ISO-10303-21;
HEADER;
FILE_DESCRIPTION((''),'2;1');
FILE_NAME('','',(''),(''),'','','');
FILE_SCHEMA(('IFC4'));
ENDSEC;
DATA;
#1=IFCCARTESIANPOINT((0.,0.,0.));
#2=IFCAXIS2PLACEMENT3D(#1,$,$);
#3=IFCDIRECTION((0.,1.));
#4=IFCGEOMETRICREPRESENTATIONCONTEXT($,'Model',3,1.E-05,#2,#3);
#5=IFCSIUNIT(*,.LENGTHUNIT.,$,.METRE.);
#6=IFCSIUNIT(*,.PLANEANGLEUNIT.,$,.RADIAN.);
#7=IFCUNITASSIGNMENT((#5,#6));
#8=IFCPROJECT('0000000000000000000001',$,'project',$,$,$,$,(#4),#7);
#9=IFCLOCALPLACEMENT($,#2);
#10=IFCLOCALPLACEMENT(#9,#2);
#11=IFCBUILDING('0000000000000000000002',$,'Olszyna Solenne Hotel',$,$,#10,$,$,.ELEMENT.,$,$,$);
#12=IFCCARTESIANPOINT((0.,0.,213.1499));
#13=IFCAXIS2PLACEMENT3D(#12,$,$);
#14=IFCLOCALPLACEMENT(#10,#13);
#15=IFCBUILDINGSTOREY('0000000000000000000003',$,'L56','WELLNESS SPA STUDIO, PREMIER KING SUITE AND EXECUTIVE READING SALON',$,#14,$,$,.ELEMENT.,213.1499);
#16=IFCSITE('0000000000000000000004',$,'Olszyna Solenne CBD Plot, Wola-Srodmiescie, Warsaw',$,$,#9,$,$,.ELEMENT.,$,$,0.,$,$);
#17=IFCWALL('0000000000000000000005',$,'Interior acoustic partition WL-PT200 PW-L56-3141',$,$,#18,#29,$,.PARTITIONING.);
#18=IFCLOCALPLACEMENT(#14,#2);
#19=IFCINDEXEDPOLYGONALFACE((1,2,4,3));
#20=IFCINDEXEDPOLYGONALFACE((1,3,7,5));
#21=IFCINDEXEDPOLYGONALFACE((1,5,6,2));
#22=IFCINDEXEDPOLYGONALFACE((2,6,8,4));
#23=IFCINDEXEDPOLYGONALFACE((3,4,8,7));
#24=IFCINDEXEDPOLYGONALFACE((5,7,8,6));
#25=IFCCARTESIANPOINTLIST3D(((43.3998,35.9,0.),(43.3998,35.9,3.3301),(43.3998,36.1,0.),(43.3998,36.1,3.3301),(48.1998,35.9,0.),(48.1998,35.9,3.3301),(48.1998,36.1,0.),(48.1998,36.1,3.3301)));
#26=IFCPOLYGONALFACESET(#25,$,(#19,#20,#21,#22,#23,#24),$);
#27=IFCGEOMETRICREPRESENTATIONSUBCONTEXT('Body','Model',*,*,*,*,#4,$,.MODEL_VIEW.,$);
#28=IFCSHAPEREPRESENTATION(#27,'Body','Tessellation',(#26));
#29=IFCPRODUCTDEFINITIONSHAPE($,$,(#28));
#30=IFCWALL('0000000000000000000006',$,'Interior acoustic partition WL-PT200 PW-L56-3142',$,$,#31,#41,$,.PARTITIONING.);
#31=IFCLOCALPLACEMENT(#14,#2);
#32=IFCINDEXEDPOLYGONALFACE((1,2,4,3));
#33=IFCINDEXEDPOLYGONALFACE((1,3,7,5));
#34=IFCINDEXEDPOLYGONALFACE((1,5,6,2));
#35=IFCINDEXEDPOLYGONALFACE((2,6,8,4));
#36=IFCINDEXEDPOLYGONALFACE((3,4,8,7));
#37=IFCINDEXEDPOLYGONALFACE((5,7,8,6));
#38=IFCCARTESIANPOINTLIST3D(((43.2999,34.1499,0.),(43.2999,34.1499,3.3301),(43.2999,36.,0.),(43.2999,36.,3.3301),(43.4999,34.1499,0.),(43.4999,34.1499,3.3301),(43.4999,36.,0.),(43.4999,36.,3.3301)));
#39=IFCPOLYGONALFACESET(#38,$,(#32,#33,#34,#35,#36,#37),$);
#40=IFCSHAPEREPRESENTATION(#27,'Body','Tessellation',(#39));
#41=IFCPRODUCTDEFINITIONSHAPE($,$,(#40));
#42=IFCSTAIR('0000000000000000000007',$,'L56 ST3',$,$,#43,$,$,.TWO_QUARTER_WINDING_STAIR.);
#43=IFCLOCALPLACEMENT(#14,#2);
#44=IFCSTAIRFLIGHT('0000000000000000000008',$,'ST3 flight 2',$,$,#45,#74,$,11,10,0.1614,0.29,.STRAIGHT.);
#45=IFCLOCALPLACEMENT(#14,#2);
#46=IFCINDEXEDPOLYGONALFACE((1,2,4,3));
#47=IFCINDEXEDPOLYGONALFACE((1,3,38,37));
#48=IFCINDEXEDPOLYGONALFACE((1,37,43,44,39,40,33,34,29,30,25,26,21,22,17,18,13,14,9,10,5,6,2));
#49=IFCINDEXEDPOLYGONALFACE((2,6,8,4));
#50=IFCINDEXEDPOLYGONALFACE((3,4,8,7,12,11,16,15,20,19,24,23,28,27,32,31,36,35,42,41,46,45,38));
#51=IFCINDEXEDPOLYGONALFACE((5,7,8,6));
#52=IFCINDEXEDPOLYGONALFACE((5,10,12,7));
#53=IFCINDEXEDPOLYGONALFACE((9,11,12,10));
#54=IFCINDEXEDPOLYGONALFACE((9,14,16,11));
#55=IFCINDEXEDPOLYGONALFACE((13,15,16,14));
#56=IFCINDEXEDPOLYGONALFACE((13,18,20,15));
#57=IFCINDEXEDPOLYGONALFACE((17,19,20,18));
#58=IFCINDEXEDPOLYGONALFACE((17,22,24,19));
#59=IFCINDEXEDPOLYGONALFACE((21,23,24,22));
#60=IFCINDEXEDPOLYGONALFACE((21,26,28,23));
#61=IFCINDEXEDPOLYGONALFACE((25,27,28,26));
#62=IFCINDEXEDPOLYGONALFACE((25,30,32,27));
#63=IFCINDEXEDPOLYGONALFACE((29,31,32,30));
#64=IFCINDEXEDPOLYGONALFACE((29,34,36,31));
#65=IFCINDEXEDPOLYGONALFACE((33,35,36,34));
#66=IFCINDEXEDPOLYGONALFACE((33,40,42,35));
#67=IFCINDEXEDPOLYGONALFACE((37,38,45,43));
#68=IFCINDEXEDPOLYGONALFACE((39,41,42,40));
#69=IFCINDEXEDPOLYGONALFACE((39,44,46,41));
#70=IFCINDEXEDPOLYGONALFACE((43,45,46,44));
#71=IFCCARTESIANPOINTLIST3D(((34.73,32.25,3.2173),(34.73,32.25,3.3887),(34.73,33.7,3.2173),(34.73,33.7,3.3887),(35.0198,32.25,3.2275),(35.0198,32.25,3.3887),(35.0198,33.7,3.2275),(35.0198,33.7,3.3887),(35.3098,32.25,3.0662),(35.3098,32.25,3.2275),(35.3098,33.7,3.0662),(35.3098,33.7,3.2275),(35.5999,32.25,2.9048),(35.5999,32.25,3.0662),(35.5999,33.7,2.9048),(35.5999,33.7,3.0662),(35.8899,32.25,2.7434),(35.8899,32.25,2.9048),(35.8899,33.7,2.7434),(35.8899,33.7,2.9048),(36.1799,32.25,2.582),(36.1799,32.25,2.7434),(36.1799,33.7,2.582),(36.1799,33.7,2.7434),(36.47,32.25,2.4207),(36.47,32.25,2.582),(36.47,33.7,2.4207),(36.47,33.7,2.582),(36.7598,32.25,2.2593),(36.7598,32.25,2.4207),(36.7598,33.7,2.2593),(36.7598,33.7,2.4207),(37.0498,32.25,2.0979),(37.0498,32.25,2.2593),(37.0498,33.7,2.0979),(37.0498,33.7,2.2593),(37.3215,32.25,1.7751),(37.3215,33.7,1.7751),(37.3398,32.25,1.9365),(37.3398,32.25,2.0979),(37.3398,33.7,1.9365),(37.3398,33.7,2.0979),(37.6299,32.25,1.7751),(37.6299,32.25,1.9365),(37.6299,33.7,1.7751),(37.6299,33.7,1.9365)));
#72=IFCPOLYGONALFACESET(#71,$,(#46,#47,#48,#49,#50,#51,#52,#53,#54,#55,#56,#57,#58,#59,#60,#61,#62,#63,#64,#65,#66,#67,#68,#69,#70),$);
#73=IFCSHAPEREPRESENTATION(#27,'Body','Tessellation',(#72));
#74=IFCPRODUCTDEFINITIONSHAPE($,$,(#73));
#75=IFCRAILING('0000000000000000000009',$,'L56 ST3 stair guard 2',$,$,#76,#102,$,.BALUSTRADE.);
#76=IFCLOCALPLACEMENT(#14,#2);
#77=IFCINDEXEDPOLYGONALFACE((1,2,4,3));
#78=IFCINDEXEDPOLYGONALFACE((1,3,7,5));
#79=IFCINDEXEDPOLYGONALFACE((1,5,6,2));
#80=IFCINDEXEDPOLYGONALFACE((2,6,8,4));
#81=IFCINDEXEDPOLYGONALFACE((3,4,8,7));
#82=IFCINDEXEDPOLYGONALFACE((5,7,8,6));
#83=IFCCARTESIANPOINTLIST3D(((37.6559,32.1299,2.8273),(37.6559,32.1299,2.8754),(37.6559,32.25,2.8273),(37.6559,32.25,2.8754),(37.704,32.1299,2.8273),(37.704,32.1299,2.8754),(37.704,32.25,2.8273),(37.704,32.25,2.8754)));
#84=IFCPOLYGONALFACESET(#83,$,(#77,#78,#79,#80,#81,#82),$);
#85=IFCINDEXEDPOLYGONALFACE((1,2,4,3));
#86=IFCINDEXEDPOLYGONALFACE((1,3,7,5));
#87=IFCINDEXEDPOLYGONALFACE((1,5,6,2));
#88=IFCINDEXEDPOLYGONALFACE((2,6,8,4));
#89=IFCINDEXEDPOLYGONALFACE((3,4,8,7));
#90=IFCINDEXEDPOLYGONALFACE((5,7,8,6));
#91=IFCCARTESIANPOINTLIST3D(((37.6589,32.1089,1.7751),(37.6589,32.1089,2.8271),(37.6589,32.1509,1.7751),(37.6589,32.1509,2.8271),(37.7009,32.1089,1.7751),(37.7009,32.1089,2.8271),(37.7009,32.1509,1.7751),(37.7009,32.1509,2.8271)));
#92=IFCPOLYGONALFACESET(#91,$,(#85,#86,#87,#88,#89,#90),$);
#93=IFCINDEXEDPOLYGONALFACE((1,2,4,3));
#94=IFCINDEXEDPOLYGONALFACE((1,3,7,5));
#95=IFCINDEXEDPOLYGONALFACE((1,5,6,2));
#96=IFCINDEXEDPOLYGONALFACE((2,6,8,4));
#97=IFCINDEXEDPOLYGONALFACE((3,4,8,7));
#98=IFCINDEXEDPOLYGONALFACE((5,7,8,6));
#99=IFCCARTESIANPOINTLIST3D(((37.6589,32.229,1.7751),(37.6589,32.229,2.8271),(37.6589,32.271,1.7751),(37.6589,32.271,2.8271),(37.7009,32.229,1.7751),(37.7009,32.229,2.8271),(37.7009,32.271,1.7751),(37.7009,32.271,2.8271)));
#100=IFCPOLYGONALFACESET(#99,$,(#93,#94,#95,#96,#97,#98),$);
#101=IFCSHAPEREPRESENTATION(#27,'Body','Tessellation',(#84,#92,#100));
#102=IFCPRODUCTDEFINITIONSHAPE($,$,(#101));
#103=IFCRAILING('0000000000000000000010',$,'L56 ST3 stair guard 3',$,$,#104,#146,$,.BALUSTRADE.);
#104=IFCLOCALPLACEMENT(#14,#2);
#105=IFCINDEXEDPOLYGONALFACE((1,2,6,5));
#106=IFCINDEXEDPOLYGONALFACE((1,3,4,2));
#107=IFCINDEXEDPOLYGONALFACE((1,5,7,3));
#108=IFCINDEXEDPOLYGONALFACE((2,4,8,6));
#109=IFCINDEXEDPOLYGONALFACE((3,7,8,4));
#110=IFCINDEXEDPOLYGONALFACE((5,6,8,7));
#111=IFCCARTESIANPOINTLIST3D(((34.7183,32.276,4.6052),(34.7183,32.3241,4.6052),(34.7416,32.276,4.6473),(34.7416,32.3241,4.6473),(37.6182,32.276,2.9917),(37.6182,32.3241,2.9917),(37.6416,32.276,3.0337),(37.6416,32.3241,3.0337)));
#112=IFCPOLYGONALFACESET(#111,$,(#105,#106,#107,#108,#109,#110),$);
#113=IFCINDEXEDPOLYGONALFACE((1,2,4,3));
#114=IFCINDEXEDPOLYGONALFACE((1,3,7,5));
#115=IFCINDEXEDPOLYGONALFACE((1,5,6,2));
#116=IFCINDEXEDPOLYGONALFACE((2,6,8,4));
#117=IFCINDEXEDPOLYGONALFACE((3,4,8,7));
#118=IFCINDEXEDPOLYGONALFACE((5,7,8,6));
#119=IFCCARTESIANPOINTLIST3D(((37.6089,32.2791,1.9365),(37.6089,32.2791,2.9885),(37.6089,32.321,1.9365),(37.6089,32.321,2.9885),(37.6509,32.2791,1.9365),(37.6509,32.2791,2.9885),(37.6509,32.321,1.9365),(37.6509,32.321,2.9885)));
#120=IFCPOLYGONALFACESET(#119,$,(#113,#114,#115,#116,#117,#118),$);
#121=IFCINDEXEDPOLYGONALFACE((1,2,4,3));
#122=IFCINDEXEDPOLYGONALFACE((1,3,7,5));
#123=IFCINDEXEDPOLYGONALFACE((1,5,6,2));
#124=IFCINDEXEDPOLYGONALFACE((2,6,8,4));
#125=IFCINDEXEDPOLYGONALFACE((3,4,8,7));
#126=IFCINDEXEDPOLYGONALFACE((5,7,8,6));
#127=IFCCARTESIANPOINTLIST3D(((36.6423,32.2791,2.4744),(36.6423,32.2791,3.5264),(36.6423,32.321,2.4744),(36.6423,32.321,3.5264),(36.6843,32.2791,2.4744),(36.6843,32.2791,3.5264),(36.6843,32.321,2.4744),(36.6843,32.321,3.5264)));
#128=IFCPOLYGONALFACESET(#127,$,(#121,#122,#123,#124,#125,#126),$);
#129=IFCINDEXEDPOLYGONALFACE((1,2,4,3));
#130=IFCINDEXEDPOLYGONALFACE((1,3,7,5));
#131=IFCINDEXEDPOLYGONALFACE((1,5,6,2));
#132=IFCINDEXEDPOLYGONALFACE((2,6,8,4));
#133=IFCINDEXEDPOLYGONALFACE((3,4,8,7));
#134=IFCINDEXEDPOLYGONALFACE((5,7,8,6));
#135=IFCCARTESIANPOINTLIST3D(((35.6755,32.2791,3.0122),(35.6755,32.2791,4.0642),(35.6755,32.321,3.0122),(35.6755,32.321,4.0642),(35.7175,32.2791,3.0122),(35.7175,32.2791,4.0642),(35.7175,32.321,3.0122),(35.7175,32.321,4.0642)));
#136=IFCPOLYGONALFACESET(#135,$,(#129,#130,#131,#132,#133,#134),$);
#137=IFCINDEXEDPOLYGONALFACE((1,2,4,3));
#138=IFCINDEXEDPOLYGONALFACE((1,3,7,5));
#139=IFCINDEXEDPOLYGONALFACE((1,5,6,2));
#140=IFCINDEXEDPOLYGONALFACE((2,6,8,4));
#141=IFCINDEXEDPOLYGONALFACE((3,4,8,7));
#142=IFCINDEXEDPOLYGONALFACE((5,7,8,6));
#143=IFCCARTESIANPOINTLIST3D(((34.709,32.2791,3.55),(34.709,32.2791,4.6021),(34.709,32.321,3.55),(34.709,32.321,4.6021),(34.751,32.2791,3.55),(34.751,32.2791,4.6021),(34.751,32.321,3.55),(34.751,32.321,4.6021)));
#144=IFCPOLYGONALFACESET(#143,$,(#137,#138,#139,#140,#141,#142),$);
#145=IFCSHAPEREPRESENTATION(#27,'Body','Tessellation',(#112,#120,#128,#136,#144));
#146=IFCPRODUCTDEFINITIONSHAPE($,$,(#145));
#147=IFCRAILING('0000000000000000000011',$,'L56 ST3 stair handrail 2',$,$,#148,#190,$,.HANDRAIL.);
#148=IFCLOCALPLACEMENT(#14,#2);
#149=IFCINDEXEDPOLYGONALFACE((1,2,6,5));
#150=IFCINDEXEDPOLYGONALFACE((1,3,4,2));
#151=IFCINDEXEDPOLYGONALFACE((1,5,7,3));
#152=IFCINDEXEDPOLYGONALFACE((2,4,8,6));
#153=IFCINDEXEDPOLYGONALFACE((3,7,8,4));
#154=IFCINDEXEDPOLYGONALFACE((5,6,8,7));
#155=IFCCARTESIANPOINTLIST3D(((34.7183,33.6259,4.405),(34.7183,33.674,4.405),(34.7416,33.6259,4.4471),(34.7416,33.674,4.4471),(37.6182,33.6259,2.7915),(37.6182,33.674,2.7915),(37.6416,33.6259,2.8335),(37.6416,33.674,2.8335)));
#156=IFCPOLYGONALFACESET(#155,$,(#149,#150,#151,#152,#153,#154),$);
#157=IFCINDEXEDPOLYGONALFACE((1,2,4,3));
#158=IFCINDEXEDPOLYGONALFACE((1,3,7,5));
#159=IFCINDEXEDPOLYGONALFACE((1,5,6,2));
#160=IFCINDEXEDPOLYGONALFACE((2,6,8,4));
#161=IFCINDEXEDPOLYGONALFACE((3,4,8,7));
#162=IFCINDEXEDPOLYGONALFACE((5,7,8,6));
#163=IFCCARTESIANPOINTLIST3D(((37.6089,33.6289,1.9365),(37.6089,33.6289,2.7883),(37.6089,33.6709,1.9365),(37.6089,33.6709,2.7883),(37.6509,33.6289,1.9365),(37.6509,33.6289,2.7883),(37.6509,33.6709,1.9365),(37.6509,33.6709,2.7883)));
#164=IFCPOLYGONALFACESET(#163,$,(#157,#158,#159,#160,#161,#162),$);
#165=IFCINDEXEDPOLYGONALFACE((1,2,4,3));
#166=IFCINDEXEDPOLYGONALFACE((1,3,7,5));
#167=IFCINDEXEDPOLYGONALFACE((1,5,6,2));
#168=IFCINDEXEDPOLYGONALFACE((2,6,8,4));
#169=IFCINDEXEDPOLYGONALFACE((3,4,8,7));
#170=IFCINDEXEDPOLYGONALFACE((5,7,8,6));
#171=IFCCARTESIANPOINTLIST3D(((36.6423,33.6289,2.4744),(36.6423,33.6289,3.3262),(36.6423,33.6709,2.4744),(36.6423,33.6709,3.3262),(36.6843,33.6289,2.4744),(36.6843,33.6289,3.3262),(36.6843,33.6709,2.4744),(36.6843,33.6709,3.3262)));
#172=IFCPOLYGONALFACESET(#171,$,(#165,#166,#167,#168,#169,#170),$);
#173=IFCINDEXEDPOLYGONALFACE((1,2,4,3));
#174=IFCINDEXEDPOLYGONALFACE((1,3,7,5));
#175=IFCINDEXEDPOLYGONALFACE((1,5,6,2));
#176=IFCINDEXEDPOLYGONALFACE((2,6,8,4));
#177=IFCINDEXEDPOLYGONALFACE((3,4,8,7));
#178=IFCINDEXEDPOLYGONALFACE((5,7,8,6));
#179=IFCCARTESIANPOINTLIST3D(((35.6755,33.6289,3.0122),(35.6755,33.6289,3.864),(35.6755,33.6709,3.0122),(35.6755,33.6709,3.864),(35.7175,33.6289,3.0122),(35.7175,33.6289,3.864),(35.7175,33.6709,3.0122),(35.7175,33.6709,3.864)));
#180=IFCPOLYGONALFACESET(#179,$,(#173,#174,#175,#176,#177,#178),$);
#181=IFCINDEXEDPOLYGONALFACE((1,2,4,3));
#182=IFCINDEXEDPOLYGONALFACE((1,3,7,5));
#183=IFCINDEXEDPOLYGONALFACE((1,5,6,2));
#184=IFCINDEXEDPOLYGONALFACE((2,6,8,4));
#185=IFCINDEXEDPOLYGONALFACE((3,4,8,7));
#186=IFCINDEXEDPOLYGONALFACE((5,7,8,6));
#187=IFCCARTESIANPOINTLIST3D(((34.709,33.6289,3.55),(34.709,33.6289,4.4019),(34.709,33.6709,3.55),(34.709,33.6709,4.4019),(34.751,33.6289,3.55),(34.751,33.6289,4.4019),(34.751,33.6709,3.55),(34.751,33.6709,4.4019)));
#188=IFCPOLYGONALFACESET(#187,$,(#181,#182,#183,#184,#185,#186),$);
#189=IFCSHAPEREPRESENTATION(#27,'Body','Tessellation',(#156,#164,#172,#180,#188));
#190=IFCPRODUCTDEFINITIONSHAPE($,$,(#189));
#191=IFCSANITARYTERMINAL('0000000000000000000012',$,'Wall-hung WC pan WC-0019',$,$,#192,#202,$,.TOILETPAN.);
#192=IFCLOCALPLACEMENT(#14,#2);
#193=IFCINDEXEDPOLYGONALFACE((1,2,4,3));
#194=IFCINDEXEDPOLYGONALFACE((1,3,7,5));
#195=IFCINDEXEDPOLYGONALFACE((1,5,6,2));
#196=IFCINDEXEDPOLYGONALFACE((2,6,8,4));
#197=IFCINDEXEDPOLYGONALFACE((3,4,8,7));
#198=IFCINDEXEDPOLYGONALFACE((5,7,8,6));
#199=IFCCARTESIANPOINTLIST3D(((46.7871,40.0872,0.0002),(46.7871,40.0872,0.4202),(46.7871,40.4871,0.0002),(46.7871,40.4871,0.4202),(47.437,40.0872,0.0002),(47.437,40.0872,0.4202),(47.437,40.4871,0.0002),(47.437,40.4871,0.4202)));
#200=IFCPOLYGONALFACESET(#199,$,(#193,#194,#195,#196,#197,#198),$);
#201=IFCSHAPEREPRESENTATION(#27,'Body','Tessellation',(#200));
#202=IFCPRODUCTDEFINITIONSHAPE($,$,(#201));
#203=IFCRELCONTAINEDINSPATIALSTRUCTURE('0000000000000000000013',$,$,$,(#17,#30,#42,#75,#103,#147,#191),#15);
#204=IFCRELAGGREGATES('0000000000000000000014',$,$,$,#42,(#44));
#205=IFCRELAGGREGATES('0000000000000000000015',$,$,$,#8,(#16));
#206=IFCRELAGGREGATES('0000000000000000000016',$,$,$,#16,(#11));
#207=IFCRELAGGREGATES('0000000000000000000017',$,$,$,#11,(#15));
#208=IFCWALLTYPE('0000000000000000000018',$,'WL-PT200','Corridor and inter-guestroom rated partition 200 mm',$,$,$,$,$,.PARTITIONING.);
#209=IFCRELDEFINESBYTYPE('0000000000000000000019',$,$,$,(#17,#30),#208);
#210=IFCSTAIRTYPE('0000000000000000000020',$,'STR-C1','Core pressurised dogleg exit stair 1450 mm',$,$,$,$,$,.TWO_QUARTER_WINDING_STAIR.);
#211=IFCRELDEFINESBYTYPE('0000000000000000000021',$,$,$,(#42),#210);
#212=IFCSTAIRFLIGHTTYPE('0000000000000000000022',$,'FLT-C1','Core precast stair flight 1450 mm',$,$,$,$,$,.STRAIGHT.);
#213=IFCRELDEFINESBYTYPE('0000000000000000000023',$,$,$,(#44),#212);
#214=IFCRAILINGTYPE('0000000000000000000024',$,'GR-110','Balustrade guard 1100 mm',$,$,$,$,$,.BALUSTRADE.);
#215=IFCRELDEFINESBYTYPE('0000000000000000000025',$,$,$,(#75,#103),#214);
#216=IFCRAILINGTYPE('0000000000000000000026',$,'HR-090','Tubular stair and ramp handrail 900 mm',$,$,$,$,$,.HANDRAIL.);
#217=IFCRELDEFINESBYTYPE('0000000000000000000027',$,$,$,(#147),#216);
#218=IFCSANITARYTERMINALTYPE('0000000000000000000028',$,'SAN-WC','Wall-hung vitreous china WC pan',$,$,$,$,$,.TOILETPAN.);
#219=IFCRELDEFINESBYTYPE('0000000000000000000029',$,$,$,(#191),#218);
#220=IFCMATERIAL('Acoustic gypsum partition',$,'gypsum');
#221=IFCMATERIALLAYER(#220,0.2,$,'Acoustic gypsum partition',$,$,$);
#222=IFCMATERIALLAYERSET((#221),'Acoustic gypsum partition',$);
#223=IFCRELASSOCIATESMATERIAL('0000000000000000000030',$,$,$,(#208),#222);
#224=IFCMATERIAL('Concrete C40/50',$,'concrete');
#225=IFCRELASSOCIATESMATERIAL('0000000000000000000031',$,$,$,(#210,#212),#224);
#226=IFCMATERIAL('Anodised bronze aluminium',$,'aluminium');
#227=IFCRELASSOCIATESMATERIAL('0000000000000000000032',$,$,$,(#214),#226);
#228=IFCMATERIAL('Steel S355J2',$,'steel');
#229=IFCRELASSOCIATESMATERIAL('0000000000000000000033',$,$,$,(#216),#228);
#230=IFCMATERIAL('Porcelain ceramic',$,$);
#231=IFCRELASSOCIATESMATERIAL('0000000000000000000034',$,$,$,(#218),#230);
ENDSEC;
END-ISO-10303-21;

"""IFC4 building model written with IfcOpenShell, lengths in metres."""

from ifc_helpers import new_model, si_unit, direction, frame, frame_2d, origin, origin_2d, place, context, subcontext, project, spatial, polyline, rectangle, outline, extrude, source, transform, mapped, material, layer, layer_set, type_object, element, aggregate, save


model = new_model("IFC4")

# Units and contexts
model_context = context("Model", 3, precision=1e-05, world=origin(), true_north=direction((0.0, 1.0)))
body_context = subcontext(model_context, "Body", "Model", "MODEL_VIEW")
ifc_project = project(units=[si_unit("LENGTHUNIT", "METRE"), si_unit("PLANEANGLEUNIT", "RADIAN")], contexts=[model_context])

# Site, building, storey
site_placement = place(None, origin())
site = spatial("IfcSite", under=ifc_project, at=site_placement, Name="Olszyna Solenne CBD Plot, Wola-Srodmiescie, Warsaw", CompositionType="ELEMENT", RefElevation=0.0)
building_placement = place(site_placement, origin())
building = spatial("IfcBuilding", under=site, at=building_placement, Name="Olszyna Solenne Hotel", CompositionType="ELEMENT")
storey_placement = place(building_placement, frame((0.0, 0.0, 213.1499)))
storey = spatial("IfcBuildingStorey", under=building, at=storey_placement, Name="L56", Description="WELLNESS SPA STUDIO, PREMIER KING SUITE AND EXECUTIVE READING SALON", CompositionType="ELEMENT", Elevation=213.1499)

# Shared definitions
ifc_material_1 = material(Name="Steel S355J2", Category="steel")

# Shared definitions
ifc_material_2 = material(Name="Anodised bronze aluminium", Category="aluminium")

# Walls
ifc_material_3 = material(Name="Acoustic gypsum partition", Category="gypsum")
ifc_layer_1 = layer(ifc_material_3, 0.2, Name="Acoustic gypsum partition")
ifc_layer_set_1 = layer_set([ifc_layer_1], Name="Acoustic gypsum partition")
wall_type_1 = type_object("IfcWallType", Name="WL-PT200", Description="Corridor and inter-guestroom rated partition 200 mm", PredefinedType="PARTITIONING", material=ifc_layer_set_1)
wall_1_placement = place(storey_placement, frame((43.3999, 36.0, 0.0), z_axis=(0.0, 0.0, 1.0), x_axis=(1.0, 0.0, 0.0)))
element("IfcWall", 1, at=wall_1_placement, inside=storey, type_object=wall_type_1, Name="Interior acoustic partition WL-PT200 PW-L56-3141", PredefinedType="PARTITIONING", context=body_context, shape_type="SweptSolid", body=[
    extrude(rectangle(XDim=4.8, YDim=0.2, at=frame_2d((2.3999, 0.0))), origin(), (0.0, 0.0, 1.0), 3.3301),
])
wall_2_placement = place(storey_placement, frame((43.3999, 34.1499, 0.0), z_axis=(0.0, 0.0, 1.0), x_axis=(0.0, 1.0, 0.0)))
element("IfcWall", 2, at=wall_2_placement, inside=storey, type_object=wall_type_1, Name="Interior acoustic partition WL-PT200 PW-L56-3142", PredefinedType="PARTITIONING", context=body_context, shape_type="SweptSolid", body=[
    extrude(rectangle(XDim=1.8501, YDim=0.2, at=frame_2d((0.925, 0.0))), origin(), (0.0, 0.0, 1.0), 3.3301),
])

# Stair, stair flight
ifc_material_4 = material(Name="Concrete C40/50", Category="concrete")
stair_type = type_object("IfcStairType", Name="STR-C1", Description="Core pressurised dogleg exit stair 1450 mm", PredefinedType="TWO_QUARTER_WINDING_STAIR", material=ifc_material_4)
stair_placement = place(storey_placement, origin())
stair = element("IfcStair", 3, at=stair_placement, inside=storey, type_object=stair_type, Name="L56 ST3", PredefinedType="TWO_QUARTER_WINDING_STAIR")
stair_flight_type = type_object("IfcStairFlightType", Name="FLT-C1", Description="Core precast stair flight 1450 mm", PredefinedType="STRAIGHT", material=ifc_material_4)
stair_flight_placement = place(storey_placement, frame((37.6299, 32.9751, 1.7751), z_axis=(0.0, 0.0, 1.0), x_axis=(-1.0, 0.0, 0.0)))
stair_flight = element("IfcStairFlight", 4, at=stair_flight_placement, type_object=stair_flight_type, Name="ST3 flight 2", NumberOfRisers=11, NumberOfTreads=10, PredefinedType="STRAIGHT", RiserHeight=0.1614, TreadLength=0.29, context=body_context, shape_type="SweptSolid", body=[
    extrude(outline(polyline([(0.0, 0.0), (0.0, 0.1614), (0.29, 0.1614), (0.29, 0.3228), (0.5801, 0.3228), (0.5801, 0.4841), (0.8701, 0.4841), (0.8701, 0.6455), (1.1599, 0.6455), (1.1599, 0.8069), (1.45, 0.8069), (1.45, 0.9683), (1.74, 0.9683), (1.74, 1.1296), (2.03, 1.1296), (2.03, 1.291), (2.3201, 1.291), (2.3201, 1.4524), (2.6101, 1.4524), (2.6101, 1.6135), (2.8999, 1.6135), (2.8999, 1.7749), (2.8999, 1.4421), (0.3083, 0.0), (0.0, 0.0)])), frame((0.0, 0.7251, 0.0), z_axis=(0.0, -1.0, 0.0), x_axis=(1.0, 0.0, 0.0)), (0.0, 0.0, 1.0), 1.45),
])
aggregate(stair, [stair_flight])

# Railings
railing_type_1 = type_object("IfcRailingType", Name="GR-110", Description="Balustrade guard 1100 mm", PredefinedType="BALUSTRADE", material=ifc_material_2)
railing_1_placement = place(storey_placement, frame((37.6799, 32.1299, 1.7751)))
element("IfcRailing", 5, at=railing_1_placement, inside=storey, type_object=railing_type_1, Name="L56 ST3 stair guard 2", PredefinedType="BALUSTRADE", context=body_context, shape_type="SweptSolid", body=[
    extrude(rectangle(XDim=0.0481, YDim=0.0481, at=origin_2d()), frame((0.0, 0.0, 1.0762), z_axis=(0.0, 1.0, 0.0), x_axis=(-1.0, 0.0, 0.0)), (0.0, 0.0, 1.0), 0.1201),
    extrude(rectangle(XDim=0.042, YDim=0.042, at=origin_2d()), origin(), (0.0, 0.0, 1.0), 1.052),
    extrude(rectangle(XDim=0.042, YDim=0.042, at=origin_2d()), frame((0.0, 0.1201, 0.0)), (0.0, 0.0, 1.0), 1.052),
])
railing_2_placement = place(storey_placement, frame((37.6299, 32.3, 1.9365)))
element("IfcRailing", 6, at=railing_2_placement, inside=storey, type_object=railing_type_1, Name="L56 ST3 stair guard 3", PredefinedType="BALUSTRADE", context=body_context, shape_type="SweptSolid", body=[
    extrude(rectangle(XDim=0.0481, YDim=0.0481, at=origin_2d()), frame((0.0, 0.0, 1.0762), z_axis=(-0.873841, 0.0, 0.486211), x_axis=(0.0, -1.0, 0.0)), (0.0, 0.0, 1.0), 3.3186),
    extrude(rectangle(XDim=0.042, YDim=0.042, at=origin_2d()), origin(), (0.0, 0.0, 1.0), 1.052),
    extrude(rectangle(XDim=0.042, YDim=0.042, at=origin_2d()), frame((-0.9666, 0.0, 0.5378)), (0.0, 0.0, 1.0), 1.052),
    extrude(rectangle(XDim=0.042, YDim=0.042, at=origin_2d()), frame((-1.9333, 0.0, 1.0757)), (0.0, 0.0, 1.0), 1.052),
    extrude(rectangle(XDim=0.042, YDim=0.042, at=origin_2d()), frame((-2.8999, 0.0, 1.6135)), (0.0, 0.0, 1.0), 1.052),
])
railing_type_2 = type_object("IfcRailingType", Name="HR-090", Description="Tubular stair and ramp handrail 900 mm", PredefinedType="HANDRAIL", material=ifc_material_1)
railing_3_placement = place(storey_placement, frame((37.6299, 33.6499, 1.9365)))
element("IfcRailing", 7, at=railing_3_placement, inside=storey, type_object=railing_type_2, Name="L56 ST3 stair handrail 2", PredefinedType="HANDRAIL", context=body_context, shape_type="SweptSolid", body=[
    extrude(rectangle(XDim=0.0481, YDim=0.0481, at=origin_2d()), frame((0.0, 0.0, 0.876), z_axis=(-0.873841, 0.0, 0.486211), x_axis=(0.0, -1.0, 0.0)), (0.0, 0.0, 1.0), 3.3186),
    extrude(rectangle(XDim=0.042, YDim=0.042, at=origin_2d()), origin(), (0.0, 0.0, 1.0), 0.8518),
    extrude(rectangle(XDim=0.042, YDim=0.042, at=origin_2d()), frame((-0.9666, 0.0, 0.5378)), (0.0, 0.0, 1.0), 0.8518),
    extrude(rectangle(XDim=0.042, YDim=0.042, at=origin_2d()), frame((-1.9333, 0.0, 1.0757)), (0.0, 0.0, 1.0), 0.8518),
    extrude(rectangle(XDim=0.042, YDim=0.042, at=origin_2d()), frame((-2.8999, 0.0, 1.6135)), (0.0, 0.0, 1.0), 0.8518),
])

# Sanitary terminal
ifc_material_5 = material(Name="Porcelain ceramic")
sanitary_terminal_type_1 = type_object("IfcSanitaryTerminalType", Name="SAN-WC", Description="Wall-hung vitreous china WC pan", PredefinedType="TOILETPAN", material=ifc_material_5)
shared_shape_1 = source(origin(), body_context, "Body", "SweptSolid", [
    extrude(rectangle(XDim=0.6499, YDim=0.3999, at=origin_2d()), origin(), (0.0, 0.0, 1.0), 0.4199),
])
sanitary_terminal_1_placement = place(storey_placement, frame((47.1121, 40.2871, 0.0002), z_axis=(0.0, 0.0, 1.0), x_axis=(1.0, 0.0, 0.0)))
element("IfcSanitaryTerminal", 8, at=sanitary_terminal_1_placement, inside=storey, type_object=sanitary_terminal_type_1, Name="Wall-hung WC pan WC-0019", PredefinedType="TOILETPAN", context=body_context, shape_type="MappedRepresentation", body=[
    mapped(shared_shape_1, transform((0.0, 0.0, 0.0), x_axis=(1.0, 0.0, 0.0), y_axis=(0.0, 1.0, 0.0), z_axis=(0.0, 0.0, 1.0), scale=1.0)),
])

save(model, "model.ifc")
